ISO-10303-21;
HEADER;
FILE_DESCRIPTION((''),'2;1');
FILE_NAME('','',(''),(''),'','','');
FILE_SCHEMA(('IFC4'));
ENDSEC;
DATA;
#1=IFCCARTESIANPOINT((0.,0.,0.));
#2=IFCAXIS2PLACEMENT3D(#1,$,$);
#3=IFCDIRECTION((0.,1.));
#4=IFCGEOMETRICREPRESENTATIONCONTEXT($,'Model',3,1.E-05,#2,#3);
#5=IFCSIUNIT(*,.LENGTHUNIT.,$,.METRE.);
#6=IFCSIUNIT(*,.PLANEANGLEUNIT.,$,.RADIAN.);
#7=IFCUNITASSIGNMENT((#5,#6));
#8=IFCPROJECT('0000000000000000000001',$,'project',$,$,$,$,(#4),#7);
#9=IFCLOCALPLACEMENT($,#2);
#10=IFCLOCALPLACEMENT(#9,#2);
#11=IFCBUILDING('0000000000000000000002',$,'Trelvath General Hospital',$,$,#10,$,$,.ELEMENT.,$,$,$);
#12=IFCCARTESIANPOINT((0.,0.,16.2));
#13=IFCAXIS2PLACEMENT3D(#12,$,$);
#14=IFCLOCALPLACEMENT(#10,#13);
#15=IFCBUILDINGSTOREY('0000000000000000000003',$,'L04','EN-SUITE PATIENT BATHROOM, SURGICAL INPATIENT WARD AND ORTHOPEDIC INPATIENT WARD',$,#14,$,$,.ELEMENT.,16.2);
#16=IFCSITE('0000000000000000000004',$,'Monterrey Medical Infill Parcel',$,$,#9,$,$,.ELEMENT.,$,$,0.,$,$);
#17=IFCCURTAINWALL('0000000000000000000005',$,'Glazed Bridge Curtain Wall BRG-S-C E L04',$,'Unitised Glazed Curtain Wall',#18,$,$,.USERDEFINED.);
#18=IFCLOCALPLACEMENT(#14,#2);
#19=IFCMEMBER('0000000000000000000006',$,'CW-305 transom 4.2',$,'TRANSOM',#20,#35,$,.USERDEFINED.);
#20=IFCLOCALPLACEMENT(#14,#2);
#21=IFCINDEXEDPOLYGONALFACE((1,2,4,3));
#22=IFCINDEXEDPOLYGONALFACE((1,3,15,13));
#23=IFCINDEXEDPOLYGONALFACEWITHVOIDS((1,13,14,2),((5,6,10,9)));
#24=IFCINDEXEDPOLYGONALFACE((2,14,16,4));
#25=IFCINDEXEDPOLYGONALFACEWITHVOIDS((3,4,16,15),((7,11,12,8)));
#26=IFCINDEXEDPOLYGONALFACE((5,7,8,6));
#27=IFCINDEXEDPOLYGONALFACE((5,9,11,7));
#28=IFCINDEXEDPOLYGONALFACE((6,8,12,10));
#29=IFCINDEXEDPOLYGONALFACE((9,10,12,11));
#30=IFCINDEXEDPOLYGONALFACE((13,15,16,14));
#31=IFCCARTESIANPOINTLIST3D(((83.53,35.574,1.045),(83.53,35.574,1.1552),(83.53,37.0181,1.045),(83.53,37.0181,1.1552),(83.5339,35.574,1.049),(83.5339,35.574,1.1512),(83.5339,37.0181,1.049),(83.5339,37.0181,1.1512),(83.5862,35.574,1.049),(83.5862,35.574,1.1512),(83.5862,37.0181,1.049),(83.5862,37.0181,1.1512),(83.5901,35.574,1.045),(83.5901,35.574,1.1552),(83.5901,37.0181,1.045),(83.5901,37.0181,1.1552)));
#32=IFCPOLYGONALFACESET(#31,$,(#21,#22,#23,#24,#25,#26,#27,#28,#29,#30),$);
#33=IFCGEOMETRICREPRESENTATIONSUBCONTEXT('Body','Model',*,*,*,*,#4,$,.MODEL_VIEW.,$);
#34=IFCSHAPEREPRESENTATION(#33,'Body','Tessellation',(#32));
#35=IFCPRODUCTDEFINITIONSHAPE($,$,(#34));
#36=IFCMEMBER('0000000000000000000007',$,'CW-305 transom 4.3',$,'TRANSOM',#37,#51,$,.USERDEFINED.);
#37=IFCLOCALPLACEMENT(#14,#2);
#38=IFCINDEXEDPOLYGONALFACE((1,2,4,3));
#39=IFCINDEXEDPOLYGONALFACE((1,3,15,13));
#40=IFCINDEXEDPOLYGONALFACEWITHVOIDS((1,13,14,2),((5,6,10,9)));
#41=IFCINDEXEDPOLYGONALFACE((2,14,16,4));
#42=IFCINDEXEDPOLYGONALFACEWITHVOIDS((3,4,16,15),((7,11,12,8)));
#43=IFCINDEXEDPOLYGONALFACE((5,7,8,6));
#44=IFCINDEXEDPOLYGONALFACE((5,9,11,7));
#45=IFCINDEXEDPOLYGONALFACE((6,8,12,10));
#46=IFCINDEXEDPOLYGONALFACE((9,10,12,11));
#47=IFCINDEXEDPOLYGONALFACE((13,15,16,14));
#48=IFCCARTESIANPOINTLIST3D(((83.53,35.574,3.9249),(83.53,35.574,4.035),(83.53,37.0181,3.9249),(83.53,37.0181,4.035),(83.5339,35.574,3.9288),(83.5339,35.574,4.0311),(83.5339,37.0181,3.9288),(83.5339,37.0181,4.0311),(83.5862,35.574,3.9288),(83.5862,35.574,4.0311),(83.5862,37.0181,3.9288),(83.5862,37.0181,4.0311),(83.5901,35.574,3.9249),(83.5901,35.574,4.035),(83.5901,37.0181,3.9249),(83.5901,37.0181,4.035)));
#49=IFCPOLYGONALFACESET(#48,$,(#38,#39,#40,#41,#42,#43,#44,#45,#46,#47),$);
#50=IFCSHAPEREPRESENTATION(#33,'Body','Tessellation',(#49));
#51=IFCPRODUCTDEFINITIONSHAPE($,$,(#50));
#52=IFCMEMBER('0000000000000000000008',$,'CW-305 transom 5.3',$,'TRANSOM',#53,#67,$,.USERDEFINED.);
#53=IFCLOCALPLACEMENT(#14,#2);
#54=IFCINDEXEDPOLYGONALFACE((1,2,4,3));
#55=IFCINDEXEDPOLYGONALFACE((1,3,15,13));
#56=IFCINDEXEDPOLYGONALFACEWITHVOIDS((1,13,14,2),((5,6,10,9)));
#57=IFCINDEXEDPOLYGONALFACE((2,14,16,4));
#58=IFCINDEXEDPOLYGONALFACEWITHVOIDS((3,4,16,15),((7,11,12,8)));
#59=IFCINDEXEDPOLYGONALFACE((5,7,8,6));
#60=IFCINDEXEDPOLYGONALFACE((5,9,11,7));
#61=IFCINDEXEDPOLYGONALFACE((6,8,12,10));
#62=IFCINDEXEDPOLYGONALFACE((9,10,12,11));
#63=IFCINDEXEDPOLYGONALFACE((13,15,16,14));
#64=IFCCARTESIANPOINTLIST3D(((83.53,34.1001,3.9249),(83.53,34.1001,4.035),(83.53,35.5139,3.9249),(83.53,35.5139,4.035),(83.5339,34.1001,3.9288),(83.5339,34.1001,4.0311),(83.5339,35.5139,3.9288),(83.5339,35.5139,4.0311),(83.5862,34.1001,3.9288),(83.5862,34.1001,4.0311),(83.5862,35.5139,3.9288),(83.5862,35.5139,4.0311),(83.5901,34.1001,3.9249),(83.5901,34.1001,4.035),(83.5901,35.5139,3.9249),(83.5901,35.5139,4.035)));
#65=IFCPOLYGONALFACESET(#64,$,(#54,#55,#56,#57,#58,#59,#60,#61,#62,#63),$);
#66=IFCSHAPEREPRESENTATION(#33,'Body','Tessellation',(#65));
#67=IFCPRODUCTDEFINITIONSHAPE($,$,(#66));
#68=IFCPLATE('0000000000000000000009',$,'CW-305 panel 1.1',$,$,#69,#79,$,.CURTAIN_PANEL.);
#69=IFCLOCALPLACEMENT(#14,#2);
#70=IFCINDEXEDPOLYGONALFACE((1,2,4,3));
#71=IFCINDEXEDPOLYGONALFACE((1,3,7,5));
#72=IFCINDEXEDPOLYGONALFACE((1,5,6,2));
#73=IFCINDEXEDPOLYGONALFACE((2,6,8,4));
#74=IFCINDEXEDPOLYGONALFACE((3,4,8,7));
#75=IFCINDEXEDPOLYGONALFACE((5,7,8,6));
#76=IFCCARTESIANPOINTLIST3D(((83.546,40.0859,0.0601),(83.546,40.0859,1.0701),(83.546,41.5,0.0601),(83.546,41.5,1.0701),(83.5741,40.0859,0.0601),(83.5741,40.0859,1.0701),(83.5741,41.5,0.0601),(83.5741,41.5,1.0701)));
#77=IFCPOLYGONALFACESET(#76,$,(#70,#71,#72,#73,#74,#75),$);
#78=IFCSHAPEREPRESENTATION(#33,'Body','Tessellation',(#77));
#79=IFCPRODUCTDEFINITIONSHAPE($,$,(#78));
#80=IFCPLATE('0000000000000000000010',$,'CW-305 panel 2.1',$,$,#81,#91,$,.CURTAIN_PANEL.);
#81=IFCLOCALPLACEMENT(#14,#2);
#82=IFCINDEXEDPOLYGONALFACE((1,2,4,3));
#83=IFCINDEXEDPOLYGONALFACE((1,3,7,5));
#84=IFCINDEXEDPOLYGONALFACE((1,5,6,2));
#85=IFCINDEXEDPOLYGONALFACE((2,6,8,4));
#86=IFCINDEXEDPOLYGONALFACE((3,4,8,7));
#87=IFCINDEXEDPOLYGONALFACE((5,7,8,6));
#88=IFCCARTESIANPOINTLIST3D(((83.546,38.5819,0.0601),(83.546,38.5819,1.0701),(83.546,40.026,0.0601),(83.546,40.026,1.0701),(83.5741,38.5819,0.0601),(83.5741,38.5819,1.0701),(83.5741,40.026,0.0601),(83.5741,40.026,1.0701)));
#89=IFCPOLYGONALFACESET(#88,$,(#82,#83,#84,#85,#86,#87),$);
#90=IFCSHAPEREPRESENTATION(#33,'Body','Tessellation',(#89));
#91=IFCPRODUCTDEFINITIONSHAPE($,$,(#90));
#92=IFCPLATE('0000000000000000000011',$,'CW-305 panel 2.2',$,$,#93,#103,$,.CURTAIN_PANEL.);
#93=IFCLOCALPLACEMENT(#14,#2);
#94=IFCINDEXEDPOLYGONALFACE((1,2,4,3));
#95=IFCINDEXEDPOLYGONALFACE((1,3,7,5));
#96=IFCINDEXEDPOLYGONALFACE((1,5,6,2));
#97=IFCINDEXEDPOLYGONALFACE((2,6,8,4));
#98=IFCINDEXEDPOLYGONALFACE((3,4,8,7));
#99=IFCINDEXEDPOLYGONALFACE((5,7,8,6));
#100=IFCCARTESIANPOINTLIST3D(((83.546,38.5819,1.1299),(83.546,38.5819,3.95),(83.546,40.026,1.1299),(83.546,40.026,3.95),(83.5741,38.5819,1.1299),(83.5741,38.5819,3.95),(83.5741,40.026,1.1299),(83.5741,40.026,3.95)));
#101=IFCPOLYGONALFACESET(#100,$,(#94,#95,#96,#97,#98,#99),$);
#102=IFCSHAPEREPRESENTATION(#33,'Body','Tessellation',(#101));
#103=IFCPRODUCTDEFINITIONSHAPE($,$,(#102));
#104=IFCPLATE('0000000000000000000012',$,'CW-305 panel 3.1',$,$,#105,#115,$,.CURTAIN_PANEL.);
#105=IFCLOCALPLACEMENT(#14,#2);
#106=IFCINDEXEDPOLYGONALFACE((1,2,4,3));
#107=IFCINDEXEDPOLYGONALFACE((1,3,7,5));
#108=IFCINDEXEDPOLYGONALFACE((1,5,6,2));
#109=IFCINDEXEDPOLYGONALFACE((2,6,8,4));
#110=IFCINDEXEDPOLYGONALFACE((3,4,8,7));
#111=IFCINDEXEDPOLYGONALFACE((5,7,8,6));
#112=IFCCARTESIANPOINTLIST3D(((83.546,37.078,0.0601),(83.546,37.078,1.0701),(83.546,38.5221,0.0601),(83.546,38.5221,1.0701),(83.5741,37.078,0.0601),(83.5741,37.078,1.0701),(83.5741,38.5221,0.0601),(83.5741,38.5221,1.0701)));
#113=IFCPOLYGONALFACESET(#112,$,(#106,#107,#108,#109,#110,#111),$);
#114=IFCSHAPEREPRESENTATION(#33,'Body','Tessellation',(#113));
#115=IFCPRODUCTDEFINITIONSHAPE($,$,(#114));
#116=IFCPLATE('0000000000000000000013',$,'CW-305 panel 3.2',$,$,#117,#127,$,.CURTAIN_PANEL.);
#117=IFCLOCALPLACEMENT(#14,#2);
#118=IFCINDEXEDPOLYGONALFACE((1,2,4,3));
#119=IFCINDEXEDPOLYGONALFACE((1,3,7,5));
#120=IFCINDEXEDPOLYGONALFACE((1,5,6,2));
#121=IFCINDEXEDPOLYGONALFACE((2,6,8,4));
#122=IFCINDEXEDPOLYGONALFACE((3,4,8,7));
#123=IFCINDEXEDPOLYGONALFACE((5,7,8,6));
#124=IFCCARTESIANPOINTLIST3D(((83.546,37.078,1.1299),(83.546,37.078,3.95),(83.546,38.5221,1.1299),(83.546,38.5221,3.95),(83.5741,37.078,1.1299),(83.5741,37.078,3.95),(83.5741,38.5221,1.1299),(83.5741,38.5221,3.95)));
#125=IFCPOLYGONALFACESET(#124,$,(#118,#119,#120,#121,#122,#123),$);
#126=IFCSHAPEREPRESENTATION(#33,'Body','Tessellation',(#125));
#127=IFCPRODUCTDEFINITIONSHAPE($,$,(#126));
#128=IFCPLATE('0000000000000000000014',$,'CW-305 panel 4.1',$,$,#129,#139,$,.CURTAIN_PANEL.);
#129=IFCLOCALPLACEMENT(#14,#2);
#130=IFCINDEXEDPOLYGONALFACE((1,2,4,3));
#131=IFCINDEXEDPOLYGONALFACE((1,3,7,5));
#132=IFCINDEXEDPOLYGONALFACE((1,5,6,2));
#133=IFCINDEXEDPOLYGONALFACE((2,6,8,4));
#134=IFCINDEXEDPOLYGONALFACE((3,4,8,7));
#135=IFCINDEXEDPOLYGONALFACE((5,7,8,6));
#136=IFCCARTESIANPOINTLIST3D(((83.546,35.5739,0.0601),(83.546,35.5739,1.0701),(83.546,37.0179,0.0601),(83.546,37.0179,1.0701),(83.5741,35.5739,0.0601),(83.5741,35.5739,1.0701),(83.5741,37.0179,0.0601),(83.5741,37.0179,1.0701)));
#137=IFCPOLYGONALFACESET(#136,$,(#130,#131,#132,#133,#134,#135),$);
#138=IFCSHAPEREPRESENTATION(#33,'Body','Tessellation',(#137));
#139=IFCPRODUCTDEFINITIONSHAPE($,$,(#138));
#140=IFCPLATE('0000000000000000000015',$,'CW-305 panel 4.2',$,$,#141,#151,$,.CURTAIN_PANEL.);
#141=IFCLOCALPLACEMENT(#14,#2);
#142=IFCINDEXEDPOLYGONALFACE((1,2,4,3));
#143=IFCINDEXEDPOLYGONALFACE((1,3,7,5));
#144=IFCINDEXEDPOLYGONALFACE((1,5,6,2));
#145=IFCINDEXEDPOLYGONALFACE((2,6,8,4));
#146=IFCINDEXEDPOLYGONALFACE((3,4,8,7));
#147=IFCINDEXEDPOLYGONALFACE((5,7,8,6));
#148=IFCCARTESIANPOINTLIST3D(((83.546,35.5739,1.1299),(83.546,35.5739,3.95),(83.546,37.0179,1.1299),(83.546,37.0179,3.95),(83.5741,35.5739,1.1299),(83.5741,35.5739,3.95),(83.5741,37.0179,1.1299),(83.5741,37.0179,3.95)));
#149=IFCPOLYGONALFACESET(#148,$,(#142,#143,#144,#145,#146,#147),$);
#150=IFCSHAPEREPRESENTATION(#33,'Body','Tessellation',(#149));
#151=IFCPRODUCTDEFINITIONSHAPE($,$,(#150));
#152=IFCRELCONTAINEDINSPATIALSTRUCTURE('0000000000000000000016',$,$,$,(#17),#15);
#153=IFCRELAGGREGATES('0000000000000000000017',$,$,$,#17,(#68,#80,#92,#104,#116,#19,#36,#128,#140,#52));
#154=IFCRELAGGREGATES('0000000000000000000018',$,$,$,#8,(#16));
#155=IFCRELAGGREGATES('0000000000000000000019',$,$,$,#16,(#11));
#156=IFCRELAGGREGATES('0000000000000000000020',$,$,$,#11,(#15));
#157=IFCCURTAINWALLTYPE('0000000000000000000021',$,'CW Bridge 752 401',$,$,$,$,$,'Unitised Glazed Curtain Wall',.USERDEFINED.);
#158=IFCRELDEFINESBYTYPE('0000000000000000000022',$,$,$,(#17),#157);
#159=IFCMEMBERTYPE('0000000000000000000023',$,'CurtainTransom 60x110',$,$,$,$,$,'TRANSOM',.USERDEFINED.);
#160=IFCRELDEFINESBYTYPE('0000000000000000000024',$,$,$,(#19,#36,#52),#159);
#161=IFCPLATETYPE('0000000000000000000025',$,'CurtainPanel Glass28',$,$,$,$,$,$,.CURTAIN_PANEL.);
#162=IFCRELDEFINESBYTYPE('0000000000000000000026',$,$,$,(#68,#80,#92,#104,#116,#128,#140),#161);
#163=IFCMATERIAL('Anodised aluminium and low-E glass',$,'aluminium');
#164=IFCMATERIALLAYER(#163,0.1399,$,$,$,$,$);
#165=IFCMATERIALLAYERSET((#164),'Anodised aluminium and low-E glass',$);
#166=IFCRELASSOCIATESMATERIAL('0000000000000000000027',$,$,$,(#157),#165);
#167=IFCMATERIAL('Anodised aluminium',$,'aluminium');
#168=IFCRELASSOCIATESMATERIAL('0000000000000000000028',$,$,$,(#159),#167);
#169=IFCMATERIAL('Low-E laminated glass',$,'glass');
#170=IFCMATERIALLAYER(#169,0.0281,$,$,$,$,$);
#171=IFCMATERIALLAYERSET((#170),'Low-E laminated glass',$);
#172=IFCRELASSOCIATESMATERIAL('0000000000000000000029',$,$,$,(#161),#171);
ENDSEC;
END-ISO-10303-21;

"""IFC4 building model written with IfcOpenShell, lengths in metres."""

from ifc_helpers import new_model, si_unit, direction, frame, origin, origin_2d, place, context, subcontext, project, spatial, rectangle, hollow_rectangle, extrude, material, layer, layer_set, material_profile, profile_set, type_object, element, aggregate, save


model = new_model("IFC4")

# Units and contexts
model_context = context("Model", 3, precision=1e-05, world=origin(), true_north=direction((0.0, 1.0)))
body_context = subcontext(model_context, "Body", "Model", "MODEL_VIEW")
ifc_project = project(units=[si_unit("LENGTHUNIT", "METRE"), si_unit("PLANEANGLEUNIT", "RADIAN")], contexts=[model_context])

# Site, building, storey
site_placement = place(None, origin())
site = spatial("IfcSite", under=ifc_project, at=site_placement, Name="Monterrey Medical Infill Parcel", CompositionType="ELEMENT", RefElevation=0.0)
building_placement = place(site_placement, origin())
building = spatial("IfcBuilding", under=site, at=building_placement, Name="Trelvath General Hospital", CompositionType="ELEMENT")
storey_placement = place(building_placement, frame((0.0, 0.0, 16.2)))
storey = spatial("IfcBuildingStorey", under=building, at=storey_placement, Name="L04", Description="EN-SUITE PATIENT BATHROOM, SURGICAL INPATIENT WARD AND ORTHOPEDIC INPATIENT WARD", CompositionType="ELEMENT", Elevation=16.2)

# Curtain wall, members, plates
ifc_material_1 = material(Name="Anodised aluminium and low-E glass", Category="aluminium")
ifc_layer_1 = layer(ifc_material_1, 0.1399)
ifc_layer_set_1 = layer_set([ifc_layer_1], Name="Anodised aluminium and low-E glass")
curtain_wall_type = type_object("IfcCurtainWallType", Name="CW Bridge 752 401", ElementType="Unitised Glazed Curtain Wall", PredefinedType="USERDEFINED", material=ifc_layer_set_1)
curtain_wall_placement = place(storey_placement, origin())
curtain_wall = element("IfcCurtainWall", 1, at=curtain_wall_placement, inside=storey, type_object=curtain_wall_type, Name="Glazed Bridge Curtain Wall BRG-S-C E L04", ObjectType="Unitised Glazed Curtain Wall", PredefinedType="USERDEFINED")
ifc_material_2 = material(Name="Anodised aluminium", Category="aluminium")
ifc_material_profile_1 = material_profile(ifc_material_2, hollow_rectangle(XDim=0.0601, YDim=0.1101, WallThickness=0.0039, at=origin_2d()), Name="RHS60x110x4")
ifc_profile_set_1 = profile_set([ifc_material_profile_1], Name="Anodised aluminium")
member_type_1 = type_object("IfcMemberType", Name="CurtainTransom 60x110", ElementType="TRANSOM", PredefinedType="USERDEFINED", material=ifc_profile_set_1)
member_1_placement = place(storey_placement, frame((83.5601, 37.0181, 1.1001), z_axis=(0.0, -1.0, 0.0), x_axis=(1.0, 0.0, 0.0)))
member_1 = element("IfcMember", 2, at=member_1_placement, type_object=member_type_1, Name="CW-305 transom 4.2", ObjectType="TRANSOM", PredefinedType="USERDEFINED", context=body_context, shape_type="SweptSolid", body=[
    extrude(hollow_rectangle(XDim=0.0601, YDim=0.1101, WallThickness=0.0039, at=origin_2d()), origin(), (0.0, 0.0, 1.0), 1.4441),
])
member_2_placement = place(storey_placement, frame((83.5601, 37.0181, 3.98), z_axis=(0.0, -1.0, 0.0), x_axis=(1.0, 0.0, 0.0)))
member_2 = element("IfcMember", 3, at=member_2_placement, type_object=member_type_1, Name="CW-305 transom 4.3", ObjectType="TRANSOM", PredefinedType="USERDEFINED", context=body_context, shape_type="SweptSolid", body=[
    extrude(hollow_rectangle(XDim=0.0601, YDim=0.1101, WallThickness=0.0039, at=origin_2d()), origin(), (0.0, 0.0, 1.0), 1.4441),
])
member_3_placement = place(storey_placement, frame((83.5601, 35.5139, 3.98), z_axis=(0.0, -1.0, 0.0), x_axis=(1.0, 0.0, 0.0)))
member_3 = element("IfcMember", 4, at=member_3_placement, type_object=member_type_1, Name="CW-305 transom 5.3", ObjectType="TRANSOM", PredefinedType="USERDEFINED", context=body_context, shape_type="SweptSolid", body=[
    extrude(hollow_rectangle(XDim=0.0601, YDim=0.1101, WallThickness=0.0039, at=origin_2d()), origin(), (0.0, 0.0, 1.0), 1.4138),
])
ifc_material_3 = material(Name="Low-E laminated glass", Category="glass")
ifc_layer_2 = layer(ifc_material_3, 0.0281)
ifc_layer_set_2 = layer_set([ifc_layer_2], Name="Low-E laminated glass")
plate_type = type_object("IfcPlateType", Name="CurtainPanel Glass28", PredefinedType="CURTAIN_PANEL", material=ifc_layer_set_2)
plate_1_placement = place(storey_placement, frame((83.5601, 40.793, 0.0601), z_axis=(0.0, 0.0, 1.0), x_axis=(0.0, -1.0, 0.0)))
plate_1 = element("IfcPlate", 5, at=plate_1_placement, type_object=plate_type, Name="CW-305 panel 1.1", PredefinedType="CURTAIN_PANEL", context=body_context, shape_type="SweptSolid", body=[
    extrude(rectangle(XDim=1.4141, YDim=0.0281, at=origin_2d()), origin(), (0.0, 0.0, 1.0), 1.01),
])
plate_2_placement = place(storey_placement, frame((83.5601, 39.304, 0.0601), z_axis=(0.0, 0.0, 1.0), x_axis=(0.0, -1.0, 0.0)))
plate_2 = element("IfcPlate", 6, at=plate_2_placement, type_object=plate_type, Name="CW-305 panel 2.1", PredefinedType="CURTAIN_PANEL", context=body_context, shape_type="SweptSolid", body=[
    extrude(rectangle(XDim=1.4441, YDim=0.0281, at=origin_2d()), origin(), (0.0, 0.0, 1.0), 1.01),
])
plate_3_placement = place(storey_placement, frame((83.5601, 39.304, 1.1299), z_axis=(0.0, 0.0, 1.0), x_axis=(0.0, -1.0, 0.0)))
plate_3 = element("IfcPlate", 7, at=plate_3_placement, type_object=plate_type, Name="CW-305 panel 2.2", PredefinedType="CURTAIN_PANEL", context=body_context, shape_type="SweptSolid", body=[
    extrude(rectangle(XDim=1.4441, YDim=0.0281, at=origin_2d()), origin(), (0.0, 0.0, 1.0), 2.8201),
])
plate_4_placement = place(storey_placement, frame((83.5601, 37.8, 0.0601), z_axis=(0.0, 0.0, 1.0), x_axis=(0.0, -1.0, 0.0)))
plate_4 = element("IfcPlate", 8, at=plate_4_placement, type_object=plate_type, Name="CW-305 panel 3.1", PredefinedType="CURTAIN_PANEL", context=body_context, shape_type="SweptSolid", body=[
    extrude(rectangle(XDim=1.4441, YDim=0.0281, at=origin_2d()), origin(), (0.0, 0.0, 1.0), 1.01),
])
plate_5_placement = place(storey_placement, frame((83.5601, 37.8, 1.1299), z_axis=(0.0, 0.0, 1.0), x_axis=(0.0, -1.0, 0.0)))
plate_5 = element("IfcPlate", 9, at=plate_5_placement, type_object=plate_type, Name="CW-305 panel 3.2", PredefinedType="CURTAIN_PANEL", context=body_context, shape_type="SweptSolid", body=[
    extrude(rectangle(XDim=1.4441, YDim=0.0281, at=origin_2d()), origin(), (0.0, 0.0, 1.0), 2.8201),
])
plate_6_placement = place(storey_placement, frame((83.5601, 36.2959, 0.0601), z_axis=(0.0, 0.0, 1.0), x_axis=(0.0, -1.0, 0.0)))
plate_6 = element("IfcPlate", 10, at=plate_6_placement, type_object=plate_type, Name="CW-305 panel 4.1", PredefinedType="CURTAIN_PANEL", context=body_context, shape_type="SweptSolid", body=[
    extrude(rectangle(XDim=1.4441, YDim=0.0281, at=origin_2d()), origin(), (0.0, 0.0, 1.0), 1.01),
])
plate_7_placement = place(storey_placement, frame((83.5601, 36.2959, 1.1299), z_axis=(0.0, 0.0, 1.0), x_axis=(0.0, -1.0, 0.0)))
plate_7 = element("IfcPlate", 11, at=plate_7_placement, type_object=plate_type, Name="CW-305 panel 4.2", PredefinedType="CURTAIN_PANEL", context=body_context, shape_type="SweptSolid", body=[
    extrude(rectangle(XDim=1.4441, YDim=0.0281, at=origin_2d()), origin(), (0.0, 0.0, 1.0), 2.8201),
])
aggregate(curtain_wall, [plate_1, plate_2, plate_3, plate_4, plate_5, member_1, member_2, plate_6, plate_7, member_3])

save(model, "model.ifc")
